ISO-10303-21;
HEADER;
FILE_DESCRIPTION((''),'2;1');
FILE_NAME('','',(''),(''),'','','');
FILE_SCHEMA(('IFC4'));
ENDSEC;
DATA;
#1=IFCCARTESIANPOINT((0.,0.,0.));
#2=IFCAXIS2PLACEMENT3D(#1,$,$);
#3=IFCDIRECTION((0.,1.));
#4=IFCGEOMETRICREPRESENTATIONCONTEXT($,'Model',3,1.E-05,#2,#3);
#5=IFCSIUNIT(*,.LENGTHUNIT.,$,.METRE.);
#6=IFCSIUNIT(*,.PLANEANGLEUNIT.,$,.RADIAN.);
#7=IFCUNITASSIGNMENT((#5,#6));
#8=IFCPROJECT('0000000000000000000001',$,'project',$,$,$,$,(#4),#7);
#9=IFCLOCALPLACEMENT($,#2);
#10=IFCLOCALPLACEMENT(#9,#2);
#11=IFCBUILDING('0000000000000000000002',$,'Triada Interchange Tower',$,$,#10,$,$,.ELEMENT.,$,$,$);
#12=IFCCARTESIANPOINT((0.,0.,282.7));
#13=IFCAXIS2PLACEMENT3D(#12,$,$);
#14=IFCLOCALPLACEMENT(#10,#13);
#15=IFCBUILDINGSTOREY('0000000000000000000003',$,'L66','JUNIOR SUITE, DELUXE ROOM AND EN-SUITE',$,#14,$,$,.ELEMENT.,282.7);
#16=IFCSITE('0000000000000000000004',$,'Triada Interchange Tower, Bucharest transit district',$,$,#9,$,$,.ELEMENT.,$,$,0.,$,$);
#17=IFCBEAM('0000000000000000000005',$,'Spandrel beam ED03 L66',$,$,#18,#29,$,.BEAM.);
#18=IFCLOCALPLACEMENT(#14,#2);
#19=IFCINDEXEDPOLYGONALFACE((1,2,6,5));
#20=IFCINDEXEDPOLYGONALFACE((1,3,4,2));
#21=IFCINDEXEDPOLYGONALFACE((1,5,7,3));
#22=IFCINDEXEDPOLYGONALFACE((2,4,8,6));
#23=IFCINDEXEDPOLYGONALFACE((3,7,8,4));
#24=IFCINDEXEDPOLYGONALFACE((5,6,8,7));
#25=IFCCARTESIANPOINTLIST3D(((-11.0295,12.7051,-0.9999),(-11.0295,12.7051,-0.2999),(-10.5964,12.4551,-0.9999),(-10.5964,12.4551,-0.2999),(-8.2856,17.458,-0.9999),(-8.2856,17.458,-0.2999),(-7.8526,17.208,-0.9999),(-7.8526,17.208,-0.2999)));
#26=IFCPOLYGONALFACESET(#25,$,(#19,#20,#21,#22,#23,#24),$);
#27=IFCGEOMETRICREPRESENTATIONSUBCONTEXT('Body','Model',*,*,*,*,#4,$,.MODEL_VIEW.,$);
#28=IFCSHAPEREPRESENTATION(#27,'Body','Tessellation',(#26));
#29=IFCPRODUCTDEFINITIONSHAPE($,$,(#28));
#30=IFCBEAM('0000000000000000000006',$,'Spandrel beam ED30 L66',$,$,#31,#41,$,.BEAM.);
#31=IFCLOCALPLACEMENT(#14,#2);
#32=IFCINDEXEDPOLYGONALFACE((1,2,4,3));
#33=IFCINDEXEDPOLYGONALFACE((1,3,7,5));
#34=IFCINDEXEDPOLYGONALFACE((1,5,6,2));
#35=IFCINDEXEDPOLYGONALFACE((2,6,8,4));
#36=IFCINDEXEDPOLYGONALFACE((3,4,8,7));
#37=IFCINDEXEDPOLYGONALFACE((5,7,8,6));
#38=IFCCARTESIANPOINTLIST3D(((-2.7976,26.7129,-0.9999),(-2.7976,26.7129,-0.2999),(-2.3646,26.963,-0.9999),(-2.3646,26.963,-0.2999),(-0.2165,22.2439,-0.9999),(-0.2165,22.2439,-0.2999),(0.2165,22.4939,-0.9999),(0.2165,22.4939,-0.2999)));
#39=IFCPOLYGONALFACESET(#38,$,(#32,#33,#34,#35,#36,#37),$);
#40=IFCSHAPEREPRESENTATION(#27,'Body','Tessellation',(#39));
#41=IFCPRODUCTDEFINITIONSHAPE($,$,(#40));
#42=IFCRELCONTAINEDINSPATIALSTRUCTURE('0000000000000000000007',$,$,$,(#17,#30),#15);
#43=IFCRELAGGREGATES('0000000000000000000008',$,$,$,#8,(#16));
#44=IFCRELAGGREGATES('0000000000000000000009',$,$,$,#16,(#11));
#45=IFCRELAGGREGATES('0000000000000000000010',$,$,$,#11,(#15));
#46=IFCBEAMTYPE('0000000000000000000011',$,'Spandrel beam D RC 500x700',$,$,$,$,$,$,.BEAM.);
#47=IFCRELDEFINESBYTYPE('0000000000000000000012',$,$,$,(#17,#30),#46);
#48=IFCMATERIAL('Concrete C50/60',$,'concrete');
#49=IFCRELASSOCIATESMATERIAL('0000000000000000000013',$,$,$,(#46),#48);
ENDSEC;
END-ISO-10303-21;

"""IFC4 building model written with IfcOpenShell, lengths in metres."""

from ifc_helpers import new_model, si_unit, direction, frame, origin, origin_2d, place, context, subcontext, project, spatial, rectangle, extrude, material, material_profile, profile_set, type_object, element, save


model = new_model("IFC4")

# Units and contexts
model_context = context("Model", 3, precision=1e-05, world=origin(), true_north=direction((0.0, 1.0)))
body_context = subcontext(model_context, "Body", "Model", "MODEL_VIEW")
ifc_project = project(units=[si_unit("LENGTHUNIT", "METRE"), si_unit("PLANEANGLEUNIT", "RADIAN")], contexts=[model_context])

# Site, building, storey
site_placement = place(None, origin())
site = spatial("IfcSite", under=ifc_project, at=site_placement, Name="Triada Interchange Tower, Bucharest transit district", CompositionType="ELEMENT", RefElevation=0.0)
building_placement = place(site_placement, origin())
building = spatial("IfcBuilding", under=site, at=building_placement, Name="Triada Interchange Tower", CompositionType="ELEMENT")
storey_placement = place(building_placement, frame((0.0, 0.0, 282.7)))
storey = spatial("IfcBuildingStorey", under=building, at=storey_placement, Name="L66", Description="JUNIOR SUITE, DELUXE ROOM AND EN-SUITE", CompositionType="ELEMENT", Elevation=282.7)

# Beams
ifc_material_1 = material(Name="Concrete C50/60", Category="concrete")
ifc_material_profile_1 = material_profile(ifc_material_1, rectangle(XDim=0.5, YDim=0.7, at=origin_2d()), Name="RC 500x700")
ifc_profile_set_1 = profile_set([ifc_material_profile_1], Name="Concrete C50/60")
beam_type_1 = type_object("IfcBeamType", Name="Spandrel beam D RC 500x700", PredefinedType="BEAM", material=ifc_profile_set_1)
beam_1_placement = place(storey_placement, frame((-8.0691, 17.333, -0.6499), z_axis=(-0.499971, -0.866042, 0.0), x_axis=(0.866042, -0.499971, 0.0)))
element("IfcBeam", 1, at=beam_1_placement, inside=storey, type_object=beam_type_1, Name="Spandrel beam ED03 L66", PredefinedType="BEAM", context=body_context, shape_type="SweptSolid", body=[
    extrude(rectangle(XDim=0.5, YDim=0.7, at=origin_2d()), origin(), (0.0, 0.0, 1.0), 5.488),
])
beam_2_placement = place(storey_placement, frame((0.0, 22.3689, -0.6499), z_axis=(-0.500128, 0.865952, 0.0), x_axis=(-0.865952, -0.500128, 0.0)))
element("IfcBeam", 2, at=beam_2_placement, inside=storey, type_object=beam_type_1, Name="Spandrel beam ED30 L66", PredefinedType="BEAM", context=body_context, shape_type="SweptSolid", body=[
    extrude(rectangle(XDim=0.5, YDim=0.7, at=origin_2d()), origin(), (0.0, 0.0, 1.0), 5.1609),
])

save(model, "model.ifc")
